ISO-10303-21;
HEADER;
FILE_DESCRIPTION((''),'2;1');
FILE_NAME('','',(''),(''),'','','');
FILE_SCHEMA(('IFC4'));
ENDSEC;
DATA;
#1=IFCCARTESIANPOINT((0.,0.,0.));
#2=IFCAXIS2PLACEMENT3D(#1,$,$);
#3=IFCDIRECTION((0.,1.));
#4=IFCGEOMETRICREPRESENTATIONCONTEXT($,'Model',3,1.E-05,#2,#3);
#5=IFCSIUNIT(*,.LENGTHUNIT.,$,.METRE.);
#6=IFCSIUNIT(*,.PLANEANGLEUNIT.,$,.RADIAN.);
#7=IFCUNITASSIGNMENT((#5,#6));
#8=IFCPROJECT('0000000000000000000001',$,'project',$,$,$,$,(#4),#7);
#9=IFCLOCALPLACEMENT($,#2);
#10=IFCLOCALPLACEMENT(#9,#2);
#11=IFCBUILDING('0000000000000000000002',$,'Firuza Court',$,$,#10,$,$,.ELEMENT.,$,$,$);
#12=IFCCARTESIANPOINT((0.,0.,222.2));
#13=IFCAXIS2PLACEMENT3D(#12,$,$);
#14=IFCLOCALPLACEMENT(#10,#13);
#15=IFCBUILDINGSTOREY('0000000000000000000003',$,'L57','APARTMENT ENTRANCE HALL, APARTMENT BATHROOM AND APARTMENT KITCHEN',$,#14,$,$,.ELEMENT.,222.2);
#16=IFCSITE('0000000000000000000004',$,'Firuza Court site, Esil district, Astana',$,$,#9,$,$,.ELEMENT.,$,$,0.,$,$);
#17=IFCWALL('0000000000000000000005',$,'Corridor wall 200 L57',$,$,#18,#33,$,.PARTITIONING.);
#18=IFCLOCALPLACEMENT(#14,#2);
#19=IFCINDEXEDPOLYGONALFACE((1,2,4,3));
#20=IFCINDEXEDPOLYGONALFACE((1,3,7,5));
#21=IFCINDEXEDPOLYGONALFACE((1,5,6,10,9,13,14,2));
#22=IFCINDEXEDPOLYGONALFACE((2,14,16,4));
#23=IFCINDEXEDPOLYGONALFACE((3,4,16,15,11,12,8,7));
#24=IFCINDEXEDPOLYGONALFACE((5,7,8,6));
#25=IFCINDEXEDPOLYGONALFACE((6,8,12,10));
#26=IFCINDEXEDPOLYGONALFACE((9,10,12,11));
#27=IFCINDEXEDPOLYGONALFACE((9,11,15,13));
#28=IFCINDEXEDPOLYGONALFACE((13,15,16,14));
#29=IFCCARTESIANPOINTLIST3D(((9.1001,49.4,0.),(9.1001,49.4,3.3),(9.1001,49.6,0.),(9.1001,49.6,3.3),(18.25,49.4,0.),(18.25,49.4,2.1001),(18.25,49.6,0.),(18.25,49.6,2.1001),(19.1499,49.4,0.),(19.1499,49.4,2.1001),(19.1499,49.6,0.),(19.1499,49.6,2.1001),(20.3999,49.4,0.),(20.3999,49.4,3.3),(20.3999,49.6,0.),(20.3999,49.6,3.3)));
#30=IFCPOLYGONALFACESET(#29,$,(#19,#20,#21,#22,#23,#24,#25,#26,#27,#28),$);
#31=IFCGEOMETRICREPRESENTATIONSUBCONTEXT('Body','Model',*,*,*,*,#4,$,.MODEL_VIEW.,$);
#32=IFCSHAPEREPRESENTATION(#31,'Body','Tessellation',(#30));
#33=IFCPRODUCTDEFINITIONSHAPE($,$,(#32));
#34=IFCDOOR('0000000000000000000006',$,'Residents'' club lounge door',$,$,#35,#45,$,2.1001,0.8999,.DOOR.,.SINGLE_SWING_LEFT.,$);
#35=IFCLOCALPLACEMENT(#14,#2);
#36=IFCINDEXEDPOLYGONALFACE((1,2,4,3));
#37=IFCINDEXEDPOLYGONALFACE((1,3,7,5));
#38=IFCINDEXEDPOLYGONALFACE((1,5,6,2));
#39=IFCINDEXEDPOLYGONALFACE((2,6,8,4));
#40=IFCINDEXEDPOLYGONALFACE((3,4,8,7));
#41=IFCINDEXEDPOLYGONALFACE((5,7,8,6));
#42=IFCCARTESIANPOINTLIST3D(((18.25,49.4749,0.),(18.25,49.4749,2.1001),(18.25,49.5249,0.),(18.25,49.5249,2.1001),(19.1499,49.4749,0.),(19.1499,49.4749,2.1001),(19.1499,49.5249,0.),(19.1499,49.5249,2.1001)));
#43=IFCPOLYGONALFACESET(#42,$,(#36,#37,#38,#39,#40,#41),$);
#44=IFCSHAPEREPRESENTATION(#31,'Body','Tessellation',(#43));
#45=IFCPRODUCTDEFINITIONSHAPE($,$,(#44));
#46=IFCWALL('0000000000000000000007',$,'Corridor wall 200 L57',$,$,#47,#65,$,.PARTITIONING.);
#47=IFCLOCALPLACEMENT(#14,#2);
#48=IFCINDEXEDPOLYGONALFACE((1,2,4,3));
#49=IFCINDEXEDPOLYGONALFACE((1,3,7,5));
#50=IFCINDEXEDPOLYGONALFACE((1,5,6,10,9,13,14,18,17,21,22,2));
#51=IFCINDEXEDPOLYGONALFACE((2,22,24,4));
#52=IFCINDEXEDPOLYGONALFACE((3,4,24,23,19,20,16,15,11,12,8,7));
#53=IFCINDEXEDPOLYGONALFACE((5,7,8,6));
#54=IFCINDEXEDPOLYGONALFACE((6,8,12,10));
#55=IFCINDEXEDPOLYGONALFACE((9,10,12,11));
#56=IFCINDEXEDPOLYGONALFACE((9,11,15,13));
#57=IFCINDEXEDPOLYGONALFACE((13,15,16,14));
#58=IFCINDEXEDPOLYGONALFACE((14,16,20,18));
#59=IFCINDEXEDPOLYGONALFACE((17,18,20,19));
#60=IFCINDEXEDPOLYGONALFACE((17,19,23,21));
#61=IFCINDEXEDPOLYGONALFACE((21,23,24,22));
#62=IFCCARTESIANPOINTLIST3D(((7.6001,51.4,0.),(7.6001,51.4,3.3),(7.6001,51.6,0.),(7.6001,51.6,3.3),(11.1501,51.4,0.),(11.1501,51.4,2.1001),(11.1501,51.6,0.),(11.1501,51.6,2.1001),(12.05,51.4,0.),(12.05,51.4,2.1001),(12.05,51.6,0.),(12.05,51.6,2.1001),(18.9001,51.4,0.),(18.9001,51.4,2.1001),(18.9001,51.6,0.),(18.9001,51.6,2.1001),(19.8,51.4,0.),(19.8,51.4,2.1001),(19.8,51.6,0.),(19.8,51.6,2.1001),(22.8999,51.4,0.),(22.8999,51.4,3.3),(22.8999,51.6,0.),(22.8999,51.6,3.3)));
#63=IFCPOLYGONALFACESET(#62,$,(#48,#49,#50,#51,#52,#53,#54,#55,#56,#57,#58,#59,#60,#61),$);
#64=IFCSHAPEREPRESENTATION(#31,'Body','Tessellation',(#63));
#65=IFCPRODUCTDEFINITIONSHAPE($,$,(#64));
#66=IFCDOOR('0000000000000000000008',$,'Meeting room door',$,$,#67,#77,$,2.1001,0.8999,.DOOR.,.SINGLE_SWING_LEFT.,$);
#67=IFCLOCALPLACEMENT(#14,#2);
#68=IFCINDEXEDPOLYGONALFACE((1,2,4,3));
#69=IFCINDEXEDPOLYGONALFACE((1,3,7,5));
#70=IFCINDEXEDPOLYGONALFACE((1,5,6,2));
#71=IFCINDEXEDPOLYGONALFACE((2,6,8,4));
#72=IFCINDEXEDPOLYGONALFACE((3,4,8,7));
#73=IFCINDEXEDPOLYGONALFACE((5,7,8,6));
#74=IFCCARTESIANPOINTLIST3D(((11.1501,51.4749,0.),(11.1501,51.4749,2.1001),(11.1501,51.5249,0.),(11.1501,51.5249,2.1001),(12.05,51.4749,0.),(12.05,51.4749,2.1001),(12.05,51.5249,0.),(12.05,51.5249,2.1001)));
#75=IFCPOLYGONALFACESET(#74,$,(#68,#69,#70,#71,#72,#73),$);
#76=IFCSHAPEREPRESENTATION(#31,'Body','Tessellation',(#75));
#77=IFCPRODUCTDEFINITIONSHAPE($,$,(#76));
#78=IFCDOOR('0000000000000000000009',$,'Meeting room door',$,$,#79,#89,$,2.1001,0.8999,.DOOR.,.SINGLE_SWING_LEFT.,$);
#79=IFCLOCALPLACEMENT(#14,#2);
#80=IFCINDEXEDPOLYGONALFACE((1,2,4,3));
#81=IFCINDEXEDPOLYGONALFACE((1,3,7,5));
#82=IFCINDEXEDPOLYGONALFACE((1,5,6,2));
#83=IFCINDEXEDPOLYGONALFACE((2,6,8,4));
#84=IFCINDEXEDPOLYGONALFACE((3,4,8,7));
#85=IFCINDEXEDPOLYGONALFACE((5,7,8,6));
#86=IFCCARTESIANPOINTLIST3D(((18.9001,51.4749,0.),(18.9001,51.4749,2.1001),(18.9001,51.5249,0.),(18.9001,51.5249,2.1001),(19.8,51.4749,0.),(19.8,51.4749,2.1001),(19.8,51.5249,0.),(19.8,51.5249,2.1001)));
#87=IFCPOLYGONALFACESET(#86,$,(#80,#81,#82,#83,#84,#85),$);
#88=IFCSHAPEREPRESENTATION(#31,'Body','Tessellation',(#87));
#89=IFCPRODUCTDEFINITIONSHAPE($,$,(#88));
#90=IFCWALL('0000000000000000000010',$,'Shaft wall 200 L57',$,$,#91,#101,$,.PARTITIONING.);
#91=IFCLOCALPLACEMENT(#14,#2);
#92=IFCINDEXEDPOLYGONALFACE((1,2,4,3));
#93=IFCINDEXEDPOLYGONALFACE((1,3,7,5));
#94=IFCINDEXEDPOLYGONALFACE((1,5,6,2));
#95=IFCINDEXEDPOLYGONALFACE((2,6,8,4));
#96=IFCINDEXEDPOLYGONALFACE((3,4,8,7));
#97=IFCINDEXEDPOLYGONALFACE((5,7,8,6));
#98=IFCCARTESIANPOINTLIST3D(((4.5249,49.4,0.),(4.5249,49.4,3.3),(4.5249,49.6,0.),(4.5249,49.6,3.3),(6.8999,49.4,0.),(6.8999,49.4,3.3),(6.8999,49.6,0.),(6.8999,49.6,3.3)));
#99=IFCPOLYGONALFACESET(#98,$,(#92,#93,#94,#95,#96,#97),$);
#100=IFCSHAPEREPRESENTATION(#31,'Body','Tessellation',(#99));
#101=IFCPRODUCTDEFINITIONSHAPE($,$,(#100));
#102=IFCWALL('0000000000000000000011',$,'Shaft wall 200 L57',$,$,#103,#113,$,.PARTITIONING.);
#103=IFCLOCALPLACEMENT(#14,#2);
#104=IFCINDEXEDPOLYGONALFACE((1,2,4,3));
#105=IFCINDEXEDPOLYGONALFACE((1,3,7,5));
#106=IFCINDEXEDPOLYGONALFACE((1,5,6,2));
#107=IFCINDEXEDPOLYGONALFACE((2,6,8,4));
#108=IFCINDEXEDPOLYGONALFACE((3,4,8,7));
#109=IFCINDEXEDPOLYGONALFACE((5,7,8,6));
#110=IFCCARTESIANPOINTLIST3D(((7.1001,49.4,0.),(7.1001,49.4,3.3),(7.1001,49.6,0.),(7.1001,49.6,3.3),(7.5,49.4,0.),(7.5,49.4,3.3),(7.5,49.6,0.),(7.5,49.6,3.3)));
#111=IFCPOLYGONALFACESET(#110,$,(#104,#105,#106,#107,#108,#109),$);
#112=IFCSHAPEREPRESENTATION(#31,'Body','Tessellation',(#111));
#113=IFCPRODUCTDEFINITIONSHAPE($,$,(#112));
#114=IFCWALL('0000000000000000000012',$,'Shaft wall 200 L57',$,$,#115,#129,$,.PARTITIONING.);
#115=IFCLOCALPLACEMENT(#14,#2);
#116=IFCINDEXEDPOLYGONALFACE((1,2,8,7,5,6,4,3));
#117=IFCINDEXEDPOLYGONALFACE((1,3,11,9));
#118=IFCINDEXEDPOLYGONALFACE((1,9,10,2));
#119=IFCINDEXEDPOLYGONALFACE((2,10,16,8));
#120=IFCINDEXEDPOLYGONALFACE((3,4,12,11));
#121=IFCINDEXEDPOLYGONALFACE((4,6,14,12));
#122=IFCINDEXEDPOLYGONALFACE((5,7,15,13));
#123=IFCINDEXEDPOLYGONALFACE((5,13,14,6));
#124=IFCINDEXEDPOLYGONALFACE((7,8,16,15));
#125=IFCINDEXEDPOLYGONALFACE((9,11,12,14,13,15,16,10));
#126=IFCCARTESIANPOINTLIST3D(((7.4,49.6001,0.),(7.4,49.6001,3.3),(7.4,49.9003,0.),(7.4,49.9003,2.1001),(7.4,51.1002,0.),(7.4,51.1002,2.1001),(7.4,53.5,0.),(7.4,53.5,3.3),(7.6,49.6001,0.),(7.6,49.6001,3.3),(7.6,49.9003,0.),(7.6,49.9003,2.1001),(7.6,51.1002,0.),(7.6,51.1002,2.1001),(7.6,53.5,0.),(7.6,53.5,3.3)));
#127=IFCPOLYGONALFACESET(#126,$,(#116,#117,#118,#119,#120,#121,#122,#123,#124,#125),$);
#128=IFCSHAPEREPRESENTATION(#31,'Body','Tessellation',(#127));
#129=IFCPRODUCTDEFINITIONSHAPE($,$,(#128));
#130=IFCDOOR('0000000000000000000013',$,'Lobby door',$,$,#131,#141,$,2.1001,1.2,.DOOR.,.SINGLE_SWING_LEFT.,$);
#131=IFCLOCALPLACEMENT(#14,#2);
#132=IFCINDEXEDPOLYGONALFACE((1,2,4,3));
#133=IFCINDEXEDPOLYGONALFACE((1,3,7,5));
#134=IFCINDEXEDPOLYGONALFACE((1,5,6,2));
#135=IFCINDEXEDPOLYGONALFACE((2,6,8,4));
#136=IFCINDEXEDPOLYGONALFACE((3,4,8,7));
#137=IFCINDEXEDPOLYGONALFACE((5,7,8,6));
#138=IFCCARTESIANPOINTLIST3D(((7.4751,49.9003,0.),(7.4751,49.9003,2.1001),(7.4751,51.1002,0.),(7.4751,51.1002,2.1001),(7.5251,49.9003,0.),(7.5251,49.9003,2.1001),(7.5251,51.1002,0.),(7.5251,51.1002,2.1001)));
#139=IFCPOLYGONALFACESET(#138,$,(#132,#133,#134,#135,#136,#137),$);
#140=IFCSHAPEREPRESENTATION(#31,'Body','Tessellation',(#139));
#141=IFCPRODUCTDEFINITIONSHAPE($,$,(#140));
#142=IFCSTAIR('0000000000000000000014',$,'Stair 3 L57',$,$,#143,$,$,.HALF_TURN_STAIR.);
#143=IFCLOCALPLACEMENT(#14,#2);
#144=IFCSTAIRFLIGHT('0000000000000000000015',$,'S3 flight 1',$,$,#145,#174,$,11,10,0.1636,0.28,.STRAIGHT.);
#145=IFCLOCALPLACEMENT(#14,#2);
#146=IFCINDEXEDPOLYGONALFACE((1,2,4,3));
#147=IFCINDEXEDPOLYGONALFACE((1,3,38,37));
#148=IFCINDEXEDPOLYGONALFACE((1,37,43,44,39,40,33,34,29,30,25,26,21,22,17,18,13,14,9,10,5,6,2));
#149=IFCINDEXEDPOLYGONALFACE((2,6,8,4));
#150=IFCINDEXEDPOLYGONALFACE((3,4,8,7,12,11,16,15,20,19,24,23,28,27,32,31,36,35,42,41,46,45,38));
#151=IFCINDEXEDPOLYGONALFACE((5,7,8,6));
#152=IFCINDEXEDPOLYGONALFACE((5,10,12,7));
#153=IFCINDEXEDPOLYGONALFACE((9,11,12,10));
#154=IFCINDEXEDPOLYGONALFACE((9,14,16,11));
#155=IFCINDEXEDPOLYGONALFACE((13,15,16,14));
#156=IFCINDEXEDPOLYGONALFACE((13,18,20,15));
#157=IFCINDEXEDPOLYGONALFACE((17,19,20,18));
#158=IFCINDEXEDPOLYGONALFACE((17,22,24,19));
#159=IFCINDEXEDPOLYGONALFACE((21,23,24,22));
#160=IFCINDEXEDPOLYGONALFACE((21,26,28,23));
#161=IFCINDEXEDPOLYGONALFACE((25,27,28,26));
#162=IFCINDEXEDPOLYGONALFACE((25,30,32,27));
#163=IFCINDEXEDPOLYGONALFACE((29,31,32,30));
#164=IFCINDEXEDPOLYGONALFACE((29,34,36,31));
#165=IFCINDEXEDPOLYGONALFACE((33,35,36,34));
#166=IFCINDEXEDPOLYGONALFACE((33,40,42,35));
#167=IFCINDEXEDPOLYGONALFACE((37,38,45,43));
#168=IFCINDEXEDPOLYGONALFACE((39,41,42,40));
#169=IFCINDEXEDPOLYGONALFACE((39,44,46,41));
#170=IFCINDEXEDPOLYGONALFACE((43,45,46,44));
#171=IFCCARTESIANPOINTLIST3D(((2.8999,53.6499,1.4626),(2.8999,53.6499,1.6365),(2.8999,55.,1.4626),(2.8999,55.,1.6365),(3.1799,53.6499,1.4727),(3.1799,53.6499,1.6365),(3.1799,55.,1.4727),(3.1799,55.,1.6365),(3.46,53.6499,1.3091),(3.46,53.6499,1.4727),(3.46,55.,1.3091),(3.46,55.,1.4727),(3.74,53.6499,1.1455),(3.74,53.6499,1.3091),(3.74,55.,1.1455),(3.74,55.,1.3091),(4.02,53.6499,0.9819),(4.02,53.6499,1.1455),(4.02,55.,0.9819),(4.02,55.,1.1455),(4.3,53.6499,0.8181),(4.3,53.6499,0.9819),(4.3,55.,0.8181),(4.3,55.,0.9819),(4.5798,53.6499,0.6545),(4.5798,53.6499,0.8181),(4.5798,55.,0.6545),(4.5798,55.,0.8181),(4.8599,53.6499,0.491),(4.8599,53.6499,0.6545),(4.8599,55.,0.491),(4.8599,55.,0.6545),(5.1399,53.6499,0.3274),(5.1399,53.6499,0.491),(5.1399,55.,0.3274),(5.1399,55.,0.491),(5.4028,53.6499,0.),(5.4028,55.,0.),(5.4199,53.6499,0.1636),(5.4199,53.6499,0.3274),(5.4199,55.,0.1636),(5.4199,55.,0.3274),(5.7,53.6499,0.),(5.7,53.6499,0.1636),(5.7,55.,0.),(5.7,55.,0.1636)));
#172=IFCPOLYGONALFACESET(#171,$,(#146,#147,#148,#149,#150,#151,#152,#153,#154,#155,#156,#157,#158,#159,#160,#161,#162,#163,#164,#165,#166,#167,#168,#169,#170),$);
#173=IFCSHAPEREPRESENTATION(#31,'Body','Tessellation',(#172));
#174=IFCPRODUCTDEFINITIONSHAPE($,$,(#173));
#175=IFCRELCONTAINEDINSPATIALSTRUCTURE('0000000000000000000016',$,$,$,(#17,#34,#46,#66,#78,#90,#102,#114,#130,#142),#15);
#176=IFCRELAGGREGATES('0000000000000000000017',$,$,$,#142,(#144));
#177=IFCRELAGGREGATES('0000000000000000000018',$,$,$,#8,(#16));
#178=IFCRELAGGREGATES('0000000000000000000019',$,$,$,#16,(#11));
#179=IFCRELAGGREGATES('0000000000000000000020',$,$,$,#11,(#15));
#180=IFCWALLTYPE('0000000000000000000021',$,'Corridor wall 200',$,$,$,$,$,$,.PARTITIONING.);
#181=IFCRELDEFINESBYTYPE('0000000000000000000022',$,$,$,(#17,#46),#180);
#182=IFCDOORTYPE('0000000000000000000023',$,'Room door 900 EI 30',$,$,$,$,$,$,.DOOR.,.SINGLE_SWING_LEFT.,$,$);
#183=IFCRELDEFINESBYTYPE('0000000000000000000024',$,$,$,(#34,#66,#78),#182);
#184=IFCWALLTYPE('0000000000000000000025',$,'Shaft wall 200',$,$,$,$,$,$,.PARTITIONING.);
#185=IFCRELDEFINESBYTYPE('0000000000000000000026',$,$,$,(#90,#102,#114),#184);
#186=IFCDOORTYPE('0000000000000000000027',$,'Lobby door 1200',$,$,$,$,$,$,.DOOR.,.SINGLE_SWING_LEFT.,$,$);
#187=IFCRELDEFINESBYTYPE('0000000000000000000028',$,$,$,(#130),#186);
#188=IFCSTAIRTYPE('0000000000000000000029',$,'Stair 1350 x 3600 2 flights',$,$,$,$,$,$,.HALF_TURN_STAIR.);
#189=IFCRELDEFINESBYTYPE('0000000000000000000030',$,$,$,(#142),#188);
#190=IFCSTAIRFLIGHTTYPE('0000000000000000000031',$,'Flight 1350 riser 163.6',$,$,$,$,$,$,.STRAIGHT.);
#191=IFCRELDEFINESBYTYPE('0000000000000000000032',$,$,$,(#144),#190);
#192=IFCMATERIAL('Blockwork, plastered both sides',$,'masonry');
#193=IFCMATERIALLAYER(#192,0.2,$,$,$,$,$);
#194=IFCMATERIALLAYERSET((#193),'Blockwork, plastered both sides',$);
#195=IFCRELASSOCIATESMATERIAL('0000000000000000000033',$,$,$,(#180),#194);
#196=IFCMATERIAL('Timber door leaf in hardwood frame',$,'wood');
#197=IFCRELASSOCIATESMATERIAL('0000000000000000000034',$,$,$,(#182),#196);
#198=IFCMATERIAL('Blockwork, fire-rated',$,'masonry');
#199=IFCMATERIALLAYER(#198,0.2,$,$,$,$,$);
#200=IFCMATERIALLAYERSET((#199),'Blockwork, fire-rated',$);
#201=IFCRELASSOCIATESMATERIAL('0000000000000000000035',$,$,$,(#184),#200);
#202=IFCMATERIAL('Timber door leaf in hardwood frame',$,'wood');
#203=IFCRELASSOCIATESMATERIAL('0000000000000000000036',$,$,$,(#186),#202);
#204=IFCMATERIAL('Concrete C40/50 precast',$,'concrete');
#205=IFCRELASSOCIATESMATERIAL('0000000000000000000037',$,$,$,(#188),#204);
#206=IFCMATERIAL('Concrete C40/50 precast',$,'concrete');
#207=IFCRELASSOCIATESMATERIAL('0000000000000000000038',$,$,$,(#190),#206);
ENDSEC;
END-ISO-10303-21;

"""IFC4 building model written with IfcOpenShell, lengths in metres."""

from ifc_helpers import new_model, si_unit, direction, frame, frame_2d, origin, place, context, subcontext, project, spatial, polyline, rectangle, outline, extrude, material, layer, layer_set, type_object, element, fill, aggregate, save


model = new_model("IFC4")

# Units and contexts
model_context = context("Model", 3, precision=1e-05, world=origin(), true_north=direction((0.0, 1.0)))
body_context = subcontext(model_context, "Body", "Model", "MODEL_VIEW")
ifc_project = project(units=[si_unit("LENGTHUNIT", "METRE"), si_unit("PLANEANGLEUNIT", "RADIAN")], contexts=[model_context])

# Site, building, storey
site_placement = place(None, origin())
site = spatial("IfcSite", under=ifc_project, at=site_placement, Name="Firuza Court site, Esil district, Astana", CompositionType="ELEMENT", RefElevation=0.0)
building_placement = place(site_placement, origin())
building = spatial("IfcBuilding", under=site, at=building_placement, Name="Firuza Court", CompositionType="ELEMENT")
storey_placement = place(building_placement, frame((0.0, 0.0, 222.2)))
storey = spatial("IfcBuildingStorey", under=building, at=storey_placement, Name="L57", Description="APARTMENT ENTRANCE HALL, APARTMENT BATHROOM AND APARTMENT KITCHEN", CompositionType="ELEMENT", Elevation=222.2)

# Wall, opening, door
ifc_material_1 = material(Name="Blockwork, plastered both sides", Category="masonry")
ifc_layer_1 = layer(ifc_material_1, 0.2)
ifc_layer_set_1 = layer_set([ifc_layer_1], Name="Blockwork, plastered both sides")
wall_type_1 = type_object("IfcWallType", Name="Corridor wall 200", PredefinedType="PARTITIONING", material=ifc_layer_set_1)
wall_1_placement = place(storey_placement, frame((9.1001, 49.5, 0.0), z_axis=(0.0, 0.0, 1.0), x_axis=(1.0, 0.0, 0.0)))
wall_1 = element("IfcWall", 1, at=wall_1_placement, inside=storey, type_object=wall_type_1, Name="Corridor wall 200 L57", PredefinedType="PARTITIONING", context=body_context, shape_type="SweptSolid", body=[
    extrude(rectangle(XDim=11.2998, YDim=0.2, at=frame_2d((5.6499, 0.0))), origin(), (0.0, 0.0, 1.0), 3.3),
])
opening_1_placement = place(wall_1_placement, frame((9.1499, 0.0, 0.0)))
opening_1 = element("IfcOpeningElement", 2, at=opening_1_placement, cuts=wall_1, PredefinedType="OPENING", context=body_context, shape_type="SweptSolid", body=[
    extrude(rectangle(XDim=0.8999, YDim=2.1001, at=frame_2d((0.45, 1.05))), frame((0.0, 0.1118, 0.0), z_axis=(0.0, -1.0, 0.0), x_axis=(1.0, 0.0, 0.0)), (0.0, 0.0, 1.0), 0.2239),
])
ifc_material_2 = material(Name="Timber door leaf in hardwood frame", Category="wood")
door_type_1 = type_object("IfcDoorType", Name="Room door 900 EI 30", OperationType="SINGLE_SWING_LEFT", PredefinedType="DOOR", material=ifc_material_2)
door_1_placement = place(opening_1_placement, origin())
door_1 = element("IfcDoor", 3, at=door_1_placement, inside=storey, type_object=door_type_1, Name="Residents' club lounge door", OperationType="SINGLE_SWING_LEFT", OverallHeight=2.1001, OverallWidth=0.8999, PredefinedType="DOOR", context=body_context, shape_type="SweptSolid", body=[
    extrude(rectangle(XDim=0.8999, YDim=2.1001, at=frame_2d((0.45, 1.05))), frame((0.0, 0.0249, 0.0), z_axis=(0.0, -1.0, 0.0), x_axis=(1.0, 0.0, 0.0)), (0.0, 0.0, 1.0), 0.05),
])
fill(opening_1, door_1)

# Wall, openings, doors
wall_2_placement = place(storey_placement, frame((7.6001, 51.5, 0.0), z_axis=(0.0, 0.0, 1.0), x_axis=(1.0, 0.0, 0.0)))
wall_2 = element("IfcWall", 4, at=wall_2_placement, inside=storey, type_object=wall_type_1, Name="Corridor wall 200 L57", PredefinedType="PARTITIONING", context=body_context, shape_type="SweptSolid", body=[
    extrude(rectangle(XDim=15.2998, YDim=0.2, at=frame_2d((7.6499, 0.0))), origin(), (0.0, 0.0, 1.0), 3.3),
])
opening_2_placement = place(wall_2_placement, frame((3.55, 0.0, 0.0)))
opening_2 = element("IfcOpeningElement", 5, at=opening_2_placement, cuts=wall_2, PredefinedType="OPENING", context=body_context, shape_type="SweptSolid", body=[
    extrude(rectangle(XDim=0.8999, YDim=2.1001, at=frame_2d((0.45, 1.05))), frame((0.0, 0.1118, 0.0), z_axis=(0.0, -1.0, 0.0), x_axis=(1.0, 0.0, 0.0)), (0.0, 0.0, 1.0), 0.2239),
])
opening_3_placement = place(wall_2_placement, frame((11.3, 0.0, 0.0)))
opening_3 = element("IfcOpeningElement", 6, at=opening_3_placement, cuts=wall_2, PredefinedType="OPENING", context=body_context, shape_type="SweptSolid", body=[
    extrude(rectangle(XDim=0.8999, YDim=2.1001, at=frame_2d((0.45, 1.05))), frame((0.0, 0.1118, 0.0), z_axis=(0.0, -1.0, 0.0), x_axis=(1.0, 0.0, 0.0)), (0.0, 0.0, 1.0), 0.2239),
])
door_2_placement = place(opening_2_placement, origin())
door_2 = element("IfcDoor", 7, at=door_2_placement, inside=storey, type_object=door_type_1, Name="Meeting room door", OperationType="SINGLE_SWING_LEFT", OverallHeight=2.1001, OverallWidth=0.8999, PredefinedType="DOOR", context=body_context, shape_type="SweptSolid", body=[
    extrude(rectangle(XDim=0.8999, YDim=2.1001, at=frame_2d((0.45, 1.05))), frame((0.0, 0.0249, 0.0), z_axis=(0.0, -1.0, 0.0), x_axis=(1.0, 0.0, 0.0)), (0.0, 0.0, 1.0), 0.05),
])
fill(opening_2, door_2)
door_3_placement = place(opening_3_placement, origin())
door_3 = element("IfcDoor", 8, at=door_3_placement, inside=storey, type_object=door_type_1, Name="Meeting room door", OperationType="SINGLE_SWING_LEFT", OverallHeight=2.1001, OverallWidth=0.8999, PredefinedType="DOOR", context=body_context, shape_type="SweptSolid", body=[
    extrude(rectangle(XDim=0.8999, YDim=2.1001, at=frame_2d((0.45, 1.05))), frame((0.0, 0.0249, 0.0), z_axis=(0.0, -1.0, 0.0), x_axis=(1.0, 0.0, 0.0)), (0.0, 0.0, 1.0), 0.05),
])
fill(opening_3, door_3)

# Walls
ifc_material_3 = material(Name="Blockwork, fire-rated", Category="masonry")
ifc_layer_2 = layer(ifc_material_3, 0.2)
ifc_layer_set_2 = layer_set([ifc_layer_2], Name="Blockwork, fire-rated")
wall_type_2 = type_object("IfcWallType", Name="Shaft wall 200", PredefinedType="PARTITIONING", material=ifc_layer_set_2)
wall_3_placement = place(storey_placement, frame((4.5249, 49.5, 0.0), z_axis=(0.0, 0.0, 1.0), x_axis=(1.0, 0.0, 0.0)))
element("IfcWall", 9, at=wall_3_placement, inside=storey, type_object=wall_type_2, Name="Shaft wall 200 L57", PredefinedType="PARTITIONING", context=body_context, shape_type="SweptSolid", body=[
    extrude(rectangle(XDim=2.375, YDim=0.2, at=frame_2d((1.1875, 0.0))), origin(), (0.0, 0.0, 1.0), 3.3),
])
wall_4_placement = place(storey_placement, frame((7.1001, 49.5, 0.0), z_axis=(0.0, 0.0, 1.0), x_axis=(1.0, 0.0, 0.0)))
element("IfcWall", 10, at=wall_4_placement, inside=storey, type_object=wall_type_2, Name="Shaft wall 200 L57", PredefinedType="PARTITIONING", context=body_context, shape_type="SweptSolid", body=[
    extrude(rectangle(XDim=0.3999, YDim=0.2, at=frame_2d((0.2, 0.0))), origin(), (0.0, 0.0, 1.0), 3.3),
])

# Wall, opening, door
wall_5_placement = place(storey_placement, frame((7.5, 49.6001, 0.0), z_axis=(0.0, 0.0, 1.0), x_axis=(0.0, 1.0, 0.0)))
wall_5 = element("IfcWall", 11, at=wall_5_placement, inside=storey, type_object=wall_type_2, Name="Shaft wall 200 L57", PredefinedType="PARTITIONING", context=body_context, shape_type="SweptSolid", body=[
    extrude(rectangle(XDim=3.8999, YDim=0.2, at=frame_2d((1.95, 0.0))), origin(), (0.0, 0.0, 1.0), 3.3),
])
opening_4_placement = place(wall_5_placement, frame((0.3, 0.0, 0.0)))
opening_4 = element("IfcOpeningElement", 12, at=opening_4_placement, cuts=wall_5, PredefinedType="OPENING", context=body_context, shape_type="SweptSolid", body=[
    extrude(rectangle(XDim=1.2, YDim=2.1001, at=frame_2d((0.6001, 1.05))), frame((0.0, 0.1118, 0.0), z_axis=(0.0, -1.0, 0.0), x_axis=(1.0, 0.0, 0.0)), (0.0, 0.0, 1.0), 0.2239),
])
ifc_material_4 = material(Name="Timber door leaf in hardwood frame", Category="wood")
door_type_2 = type_object("IfcDoorType", Name="Lobby door 1200", OperationType="SINGLE_SWING_LEFT", PredefinedType="DOOR", material=ifc_material_4)
door_4_placement = place(opening_4_placement, origin())
door_4 = element("IfcDoor", 13, at=door_4_placement, inside=storey, type_object=door_type_2, Name="Lobby door", OperationType="SINGLE_SWING_LEFT", OverallHeight=2.1001, OverallWidth=1.2, PredefinedType="DOOR", context=body_context, shape_type="SweptSolid", body=[
    extrude(rectangle(XDim=1.2, YDim=2.1001, at=frame_2d((0.6001, 1.05))), frame((0.0, 0.0249, 0.0), z_axis=(0.0, -1.0, 0.0), x_axis=(1.0, 0.0, 0.0)), (0.0, 0.0, 1.0), 0.05),
])
fill(opening_4, door_4)

# Stair, stair flight
ifc_material_5 = material(Name="Concrete C40/50 precast", Category="concrete")
stair_type = type_object("IfcStairType", Name="Stair 1350 x 3600 2 flights", PredefinedType="HALF_TURN_STAIR", material=ifc_material_5)
stair_placement = place(storey_placement, origin())
stair = element("IfcStair", 14, at=stair_placement, inside=storey, type_object=stair_type, Name="Stair 3 L57", PredefinedType="HALF_TURN_STAIR")
ifc_material_6 = material(Name="Concrete C40/50 precast", Category="concrete")
stair_flight_type = type_object("IfcStairFlightType", Name="Flight 1350 riser 163.6", PredefinedType="STRAIGHT", material=ifc_material_6)
stair_flight_placement = place(storey_placement, frame((5.7, 54.325, 0.0), z_axis=(0.0, 0.0, 1.0), x_axis=(-1.0, 0.0, 0.0)))
stair_flight = element("IfcStairFlight", 15, at=stair_flight_placement, type_object=stair_flight_type, Name="S3 flight 1", NumberOfRisers=11, NumberOfTreads=10, PredefinedType="STRAIGHT", RiserHeight=0.1636, TreadLength=0.28, context=body_context, shape_type="SweptSolid", body=[
    extrude(outline(polyline([(0.0, 0.0), (0.0, 0.1636), (0.28, 0.1636), (0.28, 0.3274), (0.5601, 0.3274), (0.5601, 0.491), (0.8401, 0.491), (0.8401, 0.6545), (1.1201, 0.6545), (1.1201, 0.8181), (1.3999, 0.8181), (1.3999, 0.9819), (1.6799, 0.9819), (1.6799, 1.1455), (1.96, 1.1455), (1.96, 1.3091), (2.24, 1.3091), (2.24, 1.4727), (2.52, 1.4727), (2.52, 1.6365), (2.8, 1.6365), (2.8, 1.8), (2.8, 1.4626), (0.2971, 0.0), (0.0, 0.0)])), frame((0.0, 0.675, 0.0), z_axis=(0.0, -1.0, 0.0), x_axis=(1.0, 0.0, 0.0)), (0.0, 0.0, 1.0), 1.3501),
])
aggregate(stair, [stair_flight])

save(model, "model.ifc")
